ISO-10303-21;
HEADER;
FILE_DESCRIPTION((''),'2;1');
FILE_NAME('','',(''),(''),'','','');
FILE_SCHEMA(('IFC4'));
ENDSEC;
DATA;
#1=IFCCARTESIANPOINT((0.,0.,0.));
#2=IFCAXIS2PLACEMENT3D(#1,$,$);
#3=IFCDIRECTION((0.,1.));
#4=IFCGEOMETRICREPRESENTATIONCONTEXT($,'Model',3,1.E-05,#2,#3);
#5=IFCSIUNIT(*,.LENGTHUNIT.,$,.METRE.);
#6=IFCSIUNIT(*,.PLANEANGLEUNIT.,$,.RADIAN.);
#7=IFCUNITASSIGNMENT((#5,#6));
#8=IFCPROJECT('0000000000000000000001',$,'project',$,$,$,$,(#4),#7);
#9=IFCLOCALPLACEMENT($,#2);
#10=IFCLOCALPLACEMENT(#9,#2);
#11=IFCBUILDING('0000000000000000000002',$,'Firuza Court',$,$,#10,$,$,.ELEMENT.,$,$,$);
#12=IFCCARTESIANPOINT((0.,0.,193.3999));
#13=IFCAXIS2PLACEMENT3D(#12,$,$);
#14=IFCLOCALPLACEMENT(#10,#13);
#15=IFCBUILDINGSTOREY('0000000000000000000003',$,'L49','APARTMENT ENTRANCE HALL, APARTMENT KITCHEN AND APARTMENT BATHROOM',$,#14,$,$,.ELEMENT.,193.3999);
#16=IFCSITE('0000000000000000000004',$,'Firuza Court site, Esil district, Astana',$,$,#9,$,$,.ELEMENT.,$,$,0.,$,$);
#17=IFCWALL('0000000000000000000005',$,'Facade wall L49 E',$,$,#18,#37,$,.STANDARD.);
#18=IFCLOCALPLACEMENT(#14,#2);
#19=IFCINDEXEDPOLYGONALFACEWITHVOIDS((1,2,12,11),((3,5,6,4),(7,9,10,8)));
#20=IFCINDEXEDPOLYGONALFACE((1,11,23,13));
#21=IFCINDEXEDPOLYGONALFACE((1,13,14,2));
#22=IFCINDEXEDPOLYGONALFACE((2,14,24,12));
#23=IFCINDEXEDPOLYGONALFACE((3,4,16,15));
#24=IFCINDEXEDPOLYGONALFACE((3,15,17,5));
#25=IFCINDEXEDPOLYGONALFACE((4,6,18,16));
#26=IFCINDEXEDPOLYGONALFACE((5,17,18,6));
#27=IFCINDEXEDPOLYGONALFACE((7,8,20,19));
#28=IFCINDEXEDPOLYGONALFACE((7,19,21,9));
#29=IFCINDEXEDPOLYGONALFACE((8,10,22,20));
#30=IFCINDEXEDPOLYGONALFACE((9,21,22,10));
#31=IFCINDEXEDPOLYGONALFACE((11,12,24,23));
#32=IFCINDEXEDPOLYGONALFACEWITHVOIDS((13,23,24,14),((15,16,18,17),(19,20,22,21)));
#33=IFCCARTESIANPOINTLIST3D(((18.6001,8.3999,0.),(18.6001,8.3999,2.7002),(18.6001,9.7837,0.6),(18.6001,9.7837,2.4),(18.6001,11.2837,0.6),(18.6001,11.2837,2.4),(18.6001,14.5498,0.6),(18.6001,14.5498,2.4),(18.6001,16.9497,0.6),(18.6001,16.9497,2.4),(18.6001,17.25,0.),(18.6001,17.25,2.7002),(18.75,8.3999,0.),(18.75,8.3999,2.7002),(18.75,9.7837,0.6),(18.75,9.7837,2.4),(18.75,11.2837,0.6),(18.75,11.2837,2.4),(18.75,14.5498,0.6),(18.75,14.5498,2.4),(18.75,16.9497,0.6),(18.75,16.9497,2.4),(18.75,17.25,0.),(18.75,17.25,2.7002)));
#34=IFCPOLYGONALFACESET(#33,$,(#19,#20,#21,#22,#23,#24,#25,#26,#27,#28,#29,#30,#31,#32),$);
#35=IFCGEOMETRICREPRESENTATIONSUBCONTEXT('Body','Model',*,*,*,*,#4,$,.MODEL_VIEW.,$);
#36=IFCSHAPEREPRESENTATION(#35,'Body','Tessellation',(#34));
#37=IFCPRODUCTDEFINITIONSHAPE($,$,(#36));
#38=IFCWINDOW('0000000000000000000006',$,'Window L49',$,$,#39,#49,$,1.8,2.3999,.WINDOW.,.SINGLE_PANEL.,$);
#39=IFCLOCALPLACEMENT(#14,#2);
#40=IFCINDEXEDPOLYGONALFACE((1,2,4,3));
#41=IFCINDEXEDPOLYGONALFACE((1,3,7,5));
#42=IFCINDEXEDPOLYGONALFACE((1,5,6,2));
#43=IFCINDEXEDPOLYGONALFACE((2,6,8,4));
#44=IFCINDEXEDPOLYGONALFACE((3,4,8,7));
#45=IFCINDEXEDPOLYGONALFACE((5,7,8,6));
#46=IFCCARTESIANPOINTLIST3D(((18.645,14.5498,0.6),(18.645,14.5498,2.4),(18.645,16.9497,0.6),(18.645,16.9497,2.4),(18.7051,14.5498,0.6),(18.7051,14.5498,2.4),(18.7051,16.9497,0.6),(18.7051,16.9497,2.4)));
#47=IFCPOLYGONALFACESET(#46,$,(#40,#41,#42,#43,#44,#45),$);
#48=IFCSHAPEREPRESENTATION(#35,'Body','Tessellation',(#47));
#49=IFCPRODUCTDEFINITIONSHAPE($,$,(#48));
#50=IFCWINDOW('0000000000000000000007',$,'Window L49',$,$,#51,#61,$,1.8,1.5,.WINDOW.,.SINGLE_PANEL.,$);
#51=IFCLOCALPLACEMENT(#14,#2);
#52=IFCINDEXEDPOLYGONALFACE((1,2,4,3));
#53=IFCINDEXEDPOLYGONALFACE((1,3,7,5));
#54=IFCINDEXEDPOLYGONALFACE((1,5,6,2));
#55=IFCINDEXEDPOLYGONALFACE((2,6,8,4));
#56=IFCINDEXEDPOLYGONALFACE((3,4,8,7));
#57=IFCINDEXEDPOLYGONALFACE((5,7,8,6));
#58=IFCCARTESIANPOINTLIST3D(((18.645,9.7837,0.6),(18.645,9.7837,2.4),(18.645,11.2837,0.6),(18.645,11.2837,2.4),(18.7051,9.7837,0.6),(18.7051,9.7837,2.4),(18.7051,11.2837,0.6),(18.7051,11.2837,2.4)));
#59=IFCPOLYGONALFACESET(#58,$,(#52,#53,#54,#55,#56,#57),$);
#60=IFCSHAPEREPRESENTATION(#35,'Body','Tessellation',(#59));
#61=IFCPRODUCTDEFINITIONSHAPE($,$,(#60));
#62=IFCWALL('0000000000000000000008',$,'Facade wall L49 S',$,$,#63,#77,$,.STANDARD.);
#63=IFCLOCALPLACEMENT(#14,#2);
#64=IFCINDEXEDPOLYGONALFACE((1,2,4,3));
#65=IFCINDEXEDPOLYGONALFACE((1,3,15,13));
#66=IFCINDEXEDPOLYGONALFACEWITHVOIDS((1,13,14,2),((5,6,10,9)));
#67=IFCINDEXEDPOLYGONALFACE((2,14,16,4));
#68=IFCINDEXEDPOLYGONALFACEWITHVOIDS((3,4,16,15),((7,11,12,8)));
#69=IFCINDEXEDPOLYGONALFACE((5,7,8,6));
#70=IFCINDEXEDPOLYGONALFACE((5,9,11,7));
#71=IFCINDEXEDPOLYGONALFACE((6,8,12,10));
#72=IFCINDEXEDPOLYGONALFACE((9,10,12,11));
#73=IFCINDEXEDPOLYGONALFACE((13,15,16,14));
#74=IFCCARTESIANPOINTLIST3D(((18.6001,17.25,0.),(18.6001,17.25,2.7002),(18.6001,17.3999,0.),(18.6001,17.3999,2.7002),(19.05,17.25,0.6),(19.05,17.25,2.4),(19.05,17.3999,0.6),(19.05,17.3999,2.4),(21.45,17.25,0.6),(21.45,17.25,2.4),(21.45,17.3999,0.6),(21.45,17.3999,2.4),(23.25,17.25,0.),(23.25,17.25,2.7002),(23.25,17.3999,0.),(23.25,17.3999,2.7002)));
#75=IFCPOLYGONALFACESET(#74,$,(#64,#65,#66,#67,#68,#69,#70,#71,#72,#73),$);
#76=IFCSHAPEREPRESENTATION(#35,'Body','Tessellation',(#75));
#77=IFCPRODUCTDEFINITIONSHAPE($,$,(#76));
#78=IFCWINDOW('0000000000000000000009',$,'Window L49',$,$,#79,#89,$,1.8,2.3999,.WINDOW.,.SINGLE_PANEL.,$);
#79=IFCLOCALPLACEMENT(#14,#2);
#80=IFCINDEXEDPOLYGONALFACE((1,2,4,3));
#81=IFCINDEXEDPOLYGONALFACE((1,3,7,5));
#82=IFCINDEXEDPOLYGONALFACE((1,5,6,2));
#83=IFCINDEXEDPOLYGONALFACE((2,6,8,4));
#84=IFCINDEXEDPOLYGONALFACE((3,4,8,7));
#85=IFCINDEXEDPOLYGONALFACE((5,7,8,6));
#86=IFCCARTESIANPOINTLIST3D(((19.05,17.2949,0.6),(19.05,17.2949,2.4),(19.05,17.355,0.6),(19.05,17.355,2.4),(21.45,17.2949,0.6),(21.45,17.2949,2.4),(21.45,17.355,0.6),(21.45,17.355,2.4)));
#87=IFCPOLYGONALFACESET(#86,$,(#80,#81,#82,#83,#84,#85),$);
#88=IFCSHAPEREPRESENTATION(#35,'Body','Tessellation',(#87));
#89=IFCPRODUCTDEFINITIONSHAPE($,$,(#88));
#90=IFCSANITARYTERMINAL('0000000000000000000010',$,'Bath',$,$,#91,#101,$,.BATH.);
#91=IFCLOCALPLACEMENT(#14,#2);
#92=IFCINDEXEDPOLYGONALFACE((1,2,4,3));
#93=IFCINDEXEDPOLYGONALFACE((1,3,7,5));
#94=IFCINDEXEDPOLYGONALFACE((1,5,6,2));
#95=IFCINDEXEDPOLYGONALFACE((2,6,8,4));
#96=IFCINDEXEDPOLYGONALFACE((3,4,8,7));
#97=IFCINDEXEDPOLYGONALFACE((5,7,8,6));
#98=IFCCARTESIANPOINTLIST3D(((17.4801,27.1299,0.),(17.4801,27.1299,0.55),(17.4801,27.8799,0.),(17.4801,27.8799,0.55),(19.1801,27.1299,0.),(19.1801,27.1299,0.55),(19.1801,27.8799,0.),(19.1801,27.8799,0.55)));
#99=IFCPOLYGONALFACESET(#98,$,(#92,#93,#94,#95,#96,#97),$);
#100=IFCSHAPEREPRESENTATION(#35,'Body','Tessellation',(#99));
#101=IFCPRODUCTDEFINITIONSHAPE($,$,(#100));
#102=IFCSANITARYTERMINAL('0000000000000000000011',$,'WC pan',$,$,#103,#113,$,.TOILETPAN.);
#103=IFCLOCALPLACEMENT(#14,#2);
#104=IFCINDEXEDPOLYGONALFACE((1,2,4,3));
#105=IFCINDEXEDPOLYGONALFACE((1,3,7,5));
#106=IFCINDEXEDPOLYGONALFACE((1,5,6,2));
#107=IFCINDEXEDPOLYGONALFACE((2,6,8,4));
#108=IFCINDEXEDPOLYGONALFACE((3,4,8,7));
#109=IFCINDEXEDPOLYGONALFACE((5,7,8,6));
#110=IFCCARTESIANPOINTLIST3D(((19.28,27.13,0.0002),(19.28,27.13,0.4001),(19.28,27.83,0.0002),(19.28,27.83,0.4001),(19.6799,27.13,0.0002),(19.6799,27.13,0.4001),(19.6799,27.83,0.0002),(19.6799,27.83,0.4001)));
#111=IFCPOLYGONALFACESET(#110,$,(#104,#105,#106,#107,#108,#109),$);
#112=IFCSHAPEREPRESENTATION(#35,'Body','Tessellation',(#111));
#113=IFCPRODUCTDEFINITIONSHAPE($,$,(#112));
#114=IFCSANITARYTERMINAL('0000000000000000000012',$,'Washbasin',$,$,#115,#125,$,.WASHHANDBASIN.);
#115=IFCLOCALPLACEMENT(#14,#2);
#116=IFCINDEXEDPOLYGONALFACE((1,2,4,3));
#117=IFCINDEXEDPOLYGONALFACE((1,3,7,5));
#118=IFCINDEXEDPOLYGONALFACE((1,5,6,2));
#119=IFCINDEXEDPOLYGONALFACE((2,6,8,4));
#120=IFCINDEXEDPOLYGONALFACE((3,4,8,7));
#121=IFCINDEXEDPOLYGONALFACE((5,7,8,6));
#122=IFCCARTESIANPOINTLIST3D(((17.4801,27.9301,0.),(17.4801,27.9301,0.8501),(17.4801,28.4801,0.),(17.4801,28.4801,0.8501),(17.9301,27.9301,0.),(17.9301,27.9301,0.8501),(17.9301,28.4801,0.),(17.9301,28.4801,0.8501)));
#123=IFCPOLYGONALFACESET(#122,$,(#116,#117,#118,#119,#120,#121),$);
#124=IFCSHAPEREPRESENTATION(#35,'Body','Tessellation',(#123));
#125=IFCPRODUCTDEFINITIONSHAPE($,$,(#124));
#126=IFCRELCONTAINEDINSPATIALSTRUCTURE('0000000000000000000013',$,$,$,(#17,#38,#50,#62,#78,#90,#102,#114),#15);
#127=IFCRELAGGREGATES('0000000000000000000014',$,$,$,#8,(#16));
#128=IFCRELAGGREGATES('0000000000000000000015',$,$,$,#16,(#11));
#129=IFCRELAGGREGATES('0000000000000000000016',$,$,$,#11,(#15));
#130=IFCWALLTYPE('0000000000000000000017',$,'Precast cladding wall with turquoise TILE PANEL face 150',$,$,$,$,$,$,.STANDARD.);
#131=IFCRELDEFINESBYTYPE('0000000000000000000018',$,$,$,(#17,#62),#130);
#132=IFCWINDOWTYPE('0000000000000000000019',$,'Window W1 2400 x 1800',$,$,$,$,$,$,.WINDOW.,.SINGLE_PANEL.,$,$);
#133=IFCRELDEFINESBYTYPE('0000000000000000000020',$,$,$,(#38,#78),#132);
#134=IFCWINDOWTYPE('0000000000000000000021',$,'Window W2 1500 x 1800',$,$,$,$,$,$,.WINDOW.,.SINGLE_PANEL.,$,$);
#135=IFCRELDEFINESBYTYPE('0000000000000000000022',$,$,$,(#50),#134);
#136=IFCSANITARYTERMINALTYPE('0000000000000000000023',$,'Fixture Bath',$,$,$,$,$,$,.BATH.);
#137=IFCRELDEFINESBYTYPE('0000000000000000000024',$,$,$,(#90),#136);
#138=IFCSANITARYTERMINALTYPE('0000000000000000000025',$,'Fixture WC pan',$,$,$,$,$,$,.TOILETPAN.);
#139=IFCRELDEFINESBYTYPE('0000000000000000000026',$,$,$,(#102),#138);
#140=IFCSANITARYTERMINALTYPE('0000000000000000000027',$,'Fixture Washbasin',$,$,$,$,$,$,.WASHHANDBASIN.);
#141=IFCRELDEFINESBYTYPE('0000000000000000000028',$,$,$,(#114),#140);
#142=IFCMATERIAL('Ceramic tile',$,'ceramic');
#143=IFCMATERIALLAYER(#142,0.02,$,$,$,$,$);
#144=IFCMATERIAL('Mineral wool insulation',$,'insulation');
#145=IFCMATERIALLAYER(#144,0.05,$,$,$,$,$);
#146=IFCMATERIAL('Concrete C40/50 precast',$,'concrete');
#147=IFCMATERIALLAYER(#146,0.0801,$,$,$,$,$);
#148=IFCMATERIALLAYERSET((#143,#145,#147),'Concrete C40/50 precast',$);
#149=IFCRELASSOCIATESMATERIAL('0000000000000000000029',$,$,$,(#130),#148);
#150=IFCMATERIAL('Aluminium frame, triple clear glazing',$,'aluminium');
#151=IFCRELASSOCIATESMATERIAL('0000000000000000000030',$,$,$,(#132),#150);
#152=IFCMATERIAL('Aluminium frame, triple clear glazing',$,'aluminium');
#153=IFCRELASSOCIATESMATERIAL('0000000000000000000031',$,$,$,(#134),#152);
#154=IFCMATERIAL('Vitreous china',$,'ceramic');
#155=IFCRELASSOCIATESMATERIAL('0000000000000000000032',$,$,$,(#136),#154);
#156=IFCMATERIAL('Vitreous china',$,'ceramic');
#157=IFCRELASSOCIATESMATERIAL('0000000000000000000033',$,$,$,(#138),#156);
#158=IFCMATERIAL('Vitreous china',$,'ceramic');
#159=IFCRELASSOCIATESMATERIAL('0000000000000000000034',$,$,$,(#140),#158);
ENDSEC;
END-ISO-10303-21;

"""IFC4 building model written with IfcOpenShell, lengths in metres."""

from ifc_helpers import new_model, si_unit, direction, frame, frame_2d, origin, origin_2d, place, context, subcontext, project, spatial, rectangle, extrude, material, layer, layer_set, type_object, element, fill, save


model = new_model("IFC4")

# Units and contexts
model_context = context("Model", 3, precision=1e-05, world=origin(), true_north=direction((0.0, 1.0)))
body_context = subcontext(model_context, "Body", "Model", "MODEL_VIEW")
ifc_project = project(units=[si_unit("LENGTHUNIT", "METRE"), si_unit("PLANEANGLEUNIT", "RADIAN")], contexts=[model_context])

# Site, building, storey
site_placement = place(None, origin())
site = spatial("IfcSite", under=ifc_project, at=site_placement, Name="Firuza Court site, Esil district, Astana", CompositionType="ELEMENT", RefElevation=0.0)
building_placement = place(site_placement, origin())
building = spatial("IfcBuilding", under=site, at=building_placement, Name="Firuza Court", CompositionType="ELEMENT")
storey_placement = place(building_placement, frame((0.0, 0.0, 193.3999)))
storey = spatial("IfcBuildingStorey", under=building, at=storey_placement, Name="L49", Description="APARTMENT ENTRANCE HALL, APARTMENT KITCHEN AND APARTMENT BATHROOM", CompositionType="ELEMENT", Elevation=193.3999)

# Wall, openings, windows
ifc_material_1 = material(Name="Ceramic tile", Category="ceramic")
ifc_layer_1 = layer(ifc_material_1, 0.02)
ifc_material_2 = material(Name="Mineral wool insulation", Category="insulation")
ifc_layer_2 = layer(ifc_material_2, 0.05)
ifc_material_3 = material(Name="Concrete C40/50 precast", Category="concrete")
ifc_layer_3 = layer(ifc_material_3, 0.0801)
ifc_layer_set_1 = layer_set([ifc_layer_1, ifc_layer_2, ifc_layer_3], Name="Concrete C40/50 precast")
wall_type_1 = type_object("IfcWallType", Name="Precast cladding wall with turquoise TILE PANEL face 150", PredefinedType="STANDARD", material=ifc_layer_set_1)
wall_1_placement = place(storey_placement, frame((18.675, 8.3999, 0.0), z_axis=(0.0, 0.0, 1.0), x_axis=(0.0, 1.0, 0.0)))
wall_1 = element("IfcWall", 1, at=wall_1_placement, inside=storey, type_object=wall_type_1, Name="Facade wall L49 E", PredefinedType="STANDARD", context=body_context, shape_type="SweptSolid", body=[
    extrude(rectangle(XDim=8.8501, YDim=0.1499, at=frame_2d((4.425, 0.0))), origin(), (0.0, 0.0, 1.0), 2.7002),
])
opening_1_placement = place(wall_1_placement, frame((1.3838, 0.0, 0.6001)))
opening_1 = element("IfcOpeningElement", 2, at=opening_1_placement, cuts=wall_1, PredefinedType="OPENING", context=body_context, shape_type="SweptSolid", body=[
    extrude(rectangle(XDim=1.5, YDim=1.8, at=frame_2d((0.75, 0.8999))), frame((0.0, 0.0869, 0.0), z_axis=(0.0, -1.0, 0.0), x_axis=(1.0, 0.0, 0.0)), (0.0, 0.0, 1.0), 0.1738),
])
opening_2_placement = place(wall_1_placement, frame((6.1499, 0.0, 0.6001)))
opening_2 = element("IfcOpeningElement", 3, at=opening_2_placement, cuts=wall_1, PredefinedType="OPENING", context=body_context, shape_type="SweptSolid", body=[
    extrude(rectangle(XDim=2.3999, YDim=1.8, at=frame_2d((1.2, 0.8999))), frame((0.0, 0.0869, 0.0), z_axis=(0.0, -1.0, 0.0), x_axis=(1.0, 0.0, 0.0)), (0.0, 0.0, 1.0), 0.1738),
])
ifc_material_4 = material(Name="Aluminium frame, triple clear glazing", Category="aluminium")
window_type_1 = type_object("IfcWindowType", Name="Window W1 2400 x 1800", PartitioningType="SINGLE_PANEL", PredefinedType="WINDOW", material=ifc_material_4)
window_1_placement = place(opening_2_placement, origin())
window_1 = element("IfcWindow", 4, at=window_1_placement, inside=storey, type_object=window_type_1, Name="Window L49", OverallHeight=1.8, OverallWidth=2.3999, PartitioningType="SINGLE_PANEL", PredefinedType="WINDOW", context=body_context, shape_type="SweptSolid", body=[
    extrude(rectangle(XDim=2.3999, YDim=1.8, at=frame_2d((1.2, 0.8999))), frame((0.0, 0.03, 0.0), z_axis=(0.0, -1.0, 0.0), x_axis=(1.0, 0.0, 0.0)), (0.0, 0.0, 1.0), 0.0601),
])
fill(opening_2, window_1)
ifc_material_5 = material(Name="Aluminium frame, triple clear glazing", Category="aluminium")
window_type_2 = type_object("IfcWindowType", Name="Window W2 1500 x 1800", PartitioningType="SINGLE_PANEL", PredefinedType="WINDOW", material=ifc_material_5)
window_2_placement = place(opening_1_placement, origin())
window_2 = element("IfcWindow", 5, at=window_2_placement, inside=storey, type_object=window_type_2, Name="Window L49", OverallHeight=1.8, OverallWidth=1.5, PartitioningType="SINGLE_PANEL", PredefinedType="WINDOW", context=body_context, shape_type="SweptSolid", body=[
    extrude(rectangle(XDim=1.5, YDim=1.8, at=frame_2d((0.75, 0.8999))), frame((0.0, 0.03, 0.0), z_axis=(0.0, -1.0, 0.0), x_axis=(1.0, 0.0, 0.0)), (0.0, 0.0, 1.0), 0.0601),
])
fill(opening_1, window_2)

# Wall, opening, window
wall_2_placement = place(storey_placement, frame((18.6001, 17.325, 0.0), z_axis=(0.0, 0.0, 1.0), x_axis=(1.0, 0.0, 0.0)))
wall_2 = element("IfcWall", 6, at=wall_2_placement, inside=storey, type_object=wall_type_1, Name="Facade wall L49 S", PredefinedType="STANDARD", context=body_context, shape_type="SweptSolid", body=[
    extrude(rectangle(XDim=4.6499, YDim=0.1499, at=frame_2d((2.325, 0.0))), origin(), (0.0, 0.0, 1.0), 2.7002),
])
opening_3_placement = place(wall_2_placement, frame((0.45, 0.0, 0.6001)))
opening_3 = element("IfcOpeningElement", 7, at=opening_3_placement, cuts=wall_2, PredefinedType="OPENING", context=body_context, shape_type="SweptSolid", body=[
    extrude(rectangle(XDim=2.3999, YDim=1.8, at=frame_2d((1.2, 0.8999))), frame((0.0, 0.0869, 0.0), z_axis=(0.0, -1.0, 0.0), x_axis=(1.0, 0.0, 0.0)), (0.0, 0.0, 1.0), 0.1738),
])
window_3_placement = place(opening_3_placement, origin())
window_3 = element("IfcWindow", 8, at=window_3_placement, inside=storey, type_object=window_type_1, Name="Window L49", OverallHeight=1.8, OverallWidth=2.3999, PartitioningType="SINGLE_PANEL", PredefinedType="WINDOW", context=body_context, shape_type="SweptSolid", body=[
    extrude(rectangle(XDim=2.3999, YDim=1.8, at=frame_2d((1.2, 0.8999))), frame((0.0, 0.03, 0.0), z_axis=(0.0, -1.0, 0.0), x_axis=(1.0, 0.0, 0.0)), (0.0, 0.0, 1.0), 0.0601),
])
fill(opening_3, window_3)

# Sanitary terminals
ifc_material_6 = material(Name="Vitreous china", Category="ceramic")
sanitary_terminal_type_1 = type_object("IfcSanitaryTerminalType", Name="Fixture Bath", PredefinedType="BATH", material=ifc_material_6)
sanitary_terminal_1_placement = place(storey_placement, frame((18.3301, 27.5049, 0.0), z_axis=(0.0, 0.0, 1.0), x_axis=(1.0, 0.0, 0.0)))
element("IfcSanitaryTerminal", 9, at=sanitary_terminal_1_placement, inside=storey, type_object=sanitary_terminal_type_1, Name="Bath", PredefinedType="BATH", context=body_context, shape_type="SweptSolid", body=[
    extrude(rectangle(XDim=1.7, YDim=0.75, at=origin_2d()), origin(), (0.0, 0.0, 1.0), 0.55),
])
ifc_material_7 = material(Name="Vitreous china", Category="ceramic")
sanitary_terminal_type_2 = type_object("IfcSanitaryTerminalType", Name="Fixture WC pan", PredefinedType="TOILETPAN", material=ifc_material_7)
sanitary_terminal_2_placement = place(storey_placement, frame((19.48, 27.48, 0.0002), z_axis=(0.0, 0.0, 1.0), x_axis=(1.0, 0.0, 0.0)))
element("IfcSanitaryTerminal", 10, at=sanitary_terminal_2_placement, inside=storey, type_object=sanitary_terminal_type_2, Name="WC pan", PredefinedType="TOILETPAN", context=body_context, shape_type="SweptSolid", body=[
    extrude(rectangle(XDim=0.3999, YDim=0.7, at=origin_2d()), origin(), (0.0, 0.0, 1.0), 0.3999),
])
ifc_material_8 = material(Name="Vitreous china", Category="ceramic")
sanitary_terminal_type_3 = type_object("IfcSanitaryTerminalType", Name="Fixture Washbasin", PredefinedType="WASHHANDBASIN", material=ifc_material_8)
sanitary_terminal_3_placement = place(storey_placement, frame((17.7051, 28.2051, 0.0), z_axis=(0.0, 0.0, 1.0), x_axis=(1.0, 0.0, 0.0)))
element("IfcSanitaryTerminal", 11, at=sanitary_terminal_3_placement, inside=storey, type_object=sanitary_terminal_type_3, Name="Washbasin", PredefinedType="WASHHANDBASIN", context=body_context, shape_type="SweptSolid", body=[
    extrude(rectangle(XDim=0.45, YDim=0.55, at=origin_2d()), origin(), (0.0, 0.0, 1.0), 0.8501),
])

save(model, "model.ifc")
